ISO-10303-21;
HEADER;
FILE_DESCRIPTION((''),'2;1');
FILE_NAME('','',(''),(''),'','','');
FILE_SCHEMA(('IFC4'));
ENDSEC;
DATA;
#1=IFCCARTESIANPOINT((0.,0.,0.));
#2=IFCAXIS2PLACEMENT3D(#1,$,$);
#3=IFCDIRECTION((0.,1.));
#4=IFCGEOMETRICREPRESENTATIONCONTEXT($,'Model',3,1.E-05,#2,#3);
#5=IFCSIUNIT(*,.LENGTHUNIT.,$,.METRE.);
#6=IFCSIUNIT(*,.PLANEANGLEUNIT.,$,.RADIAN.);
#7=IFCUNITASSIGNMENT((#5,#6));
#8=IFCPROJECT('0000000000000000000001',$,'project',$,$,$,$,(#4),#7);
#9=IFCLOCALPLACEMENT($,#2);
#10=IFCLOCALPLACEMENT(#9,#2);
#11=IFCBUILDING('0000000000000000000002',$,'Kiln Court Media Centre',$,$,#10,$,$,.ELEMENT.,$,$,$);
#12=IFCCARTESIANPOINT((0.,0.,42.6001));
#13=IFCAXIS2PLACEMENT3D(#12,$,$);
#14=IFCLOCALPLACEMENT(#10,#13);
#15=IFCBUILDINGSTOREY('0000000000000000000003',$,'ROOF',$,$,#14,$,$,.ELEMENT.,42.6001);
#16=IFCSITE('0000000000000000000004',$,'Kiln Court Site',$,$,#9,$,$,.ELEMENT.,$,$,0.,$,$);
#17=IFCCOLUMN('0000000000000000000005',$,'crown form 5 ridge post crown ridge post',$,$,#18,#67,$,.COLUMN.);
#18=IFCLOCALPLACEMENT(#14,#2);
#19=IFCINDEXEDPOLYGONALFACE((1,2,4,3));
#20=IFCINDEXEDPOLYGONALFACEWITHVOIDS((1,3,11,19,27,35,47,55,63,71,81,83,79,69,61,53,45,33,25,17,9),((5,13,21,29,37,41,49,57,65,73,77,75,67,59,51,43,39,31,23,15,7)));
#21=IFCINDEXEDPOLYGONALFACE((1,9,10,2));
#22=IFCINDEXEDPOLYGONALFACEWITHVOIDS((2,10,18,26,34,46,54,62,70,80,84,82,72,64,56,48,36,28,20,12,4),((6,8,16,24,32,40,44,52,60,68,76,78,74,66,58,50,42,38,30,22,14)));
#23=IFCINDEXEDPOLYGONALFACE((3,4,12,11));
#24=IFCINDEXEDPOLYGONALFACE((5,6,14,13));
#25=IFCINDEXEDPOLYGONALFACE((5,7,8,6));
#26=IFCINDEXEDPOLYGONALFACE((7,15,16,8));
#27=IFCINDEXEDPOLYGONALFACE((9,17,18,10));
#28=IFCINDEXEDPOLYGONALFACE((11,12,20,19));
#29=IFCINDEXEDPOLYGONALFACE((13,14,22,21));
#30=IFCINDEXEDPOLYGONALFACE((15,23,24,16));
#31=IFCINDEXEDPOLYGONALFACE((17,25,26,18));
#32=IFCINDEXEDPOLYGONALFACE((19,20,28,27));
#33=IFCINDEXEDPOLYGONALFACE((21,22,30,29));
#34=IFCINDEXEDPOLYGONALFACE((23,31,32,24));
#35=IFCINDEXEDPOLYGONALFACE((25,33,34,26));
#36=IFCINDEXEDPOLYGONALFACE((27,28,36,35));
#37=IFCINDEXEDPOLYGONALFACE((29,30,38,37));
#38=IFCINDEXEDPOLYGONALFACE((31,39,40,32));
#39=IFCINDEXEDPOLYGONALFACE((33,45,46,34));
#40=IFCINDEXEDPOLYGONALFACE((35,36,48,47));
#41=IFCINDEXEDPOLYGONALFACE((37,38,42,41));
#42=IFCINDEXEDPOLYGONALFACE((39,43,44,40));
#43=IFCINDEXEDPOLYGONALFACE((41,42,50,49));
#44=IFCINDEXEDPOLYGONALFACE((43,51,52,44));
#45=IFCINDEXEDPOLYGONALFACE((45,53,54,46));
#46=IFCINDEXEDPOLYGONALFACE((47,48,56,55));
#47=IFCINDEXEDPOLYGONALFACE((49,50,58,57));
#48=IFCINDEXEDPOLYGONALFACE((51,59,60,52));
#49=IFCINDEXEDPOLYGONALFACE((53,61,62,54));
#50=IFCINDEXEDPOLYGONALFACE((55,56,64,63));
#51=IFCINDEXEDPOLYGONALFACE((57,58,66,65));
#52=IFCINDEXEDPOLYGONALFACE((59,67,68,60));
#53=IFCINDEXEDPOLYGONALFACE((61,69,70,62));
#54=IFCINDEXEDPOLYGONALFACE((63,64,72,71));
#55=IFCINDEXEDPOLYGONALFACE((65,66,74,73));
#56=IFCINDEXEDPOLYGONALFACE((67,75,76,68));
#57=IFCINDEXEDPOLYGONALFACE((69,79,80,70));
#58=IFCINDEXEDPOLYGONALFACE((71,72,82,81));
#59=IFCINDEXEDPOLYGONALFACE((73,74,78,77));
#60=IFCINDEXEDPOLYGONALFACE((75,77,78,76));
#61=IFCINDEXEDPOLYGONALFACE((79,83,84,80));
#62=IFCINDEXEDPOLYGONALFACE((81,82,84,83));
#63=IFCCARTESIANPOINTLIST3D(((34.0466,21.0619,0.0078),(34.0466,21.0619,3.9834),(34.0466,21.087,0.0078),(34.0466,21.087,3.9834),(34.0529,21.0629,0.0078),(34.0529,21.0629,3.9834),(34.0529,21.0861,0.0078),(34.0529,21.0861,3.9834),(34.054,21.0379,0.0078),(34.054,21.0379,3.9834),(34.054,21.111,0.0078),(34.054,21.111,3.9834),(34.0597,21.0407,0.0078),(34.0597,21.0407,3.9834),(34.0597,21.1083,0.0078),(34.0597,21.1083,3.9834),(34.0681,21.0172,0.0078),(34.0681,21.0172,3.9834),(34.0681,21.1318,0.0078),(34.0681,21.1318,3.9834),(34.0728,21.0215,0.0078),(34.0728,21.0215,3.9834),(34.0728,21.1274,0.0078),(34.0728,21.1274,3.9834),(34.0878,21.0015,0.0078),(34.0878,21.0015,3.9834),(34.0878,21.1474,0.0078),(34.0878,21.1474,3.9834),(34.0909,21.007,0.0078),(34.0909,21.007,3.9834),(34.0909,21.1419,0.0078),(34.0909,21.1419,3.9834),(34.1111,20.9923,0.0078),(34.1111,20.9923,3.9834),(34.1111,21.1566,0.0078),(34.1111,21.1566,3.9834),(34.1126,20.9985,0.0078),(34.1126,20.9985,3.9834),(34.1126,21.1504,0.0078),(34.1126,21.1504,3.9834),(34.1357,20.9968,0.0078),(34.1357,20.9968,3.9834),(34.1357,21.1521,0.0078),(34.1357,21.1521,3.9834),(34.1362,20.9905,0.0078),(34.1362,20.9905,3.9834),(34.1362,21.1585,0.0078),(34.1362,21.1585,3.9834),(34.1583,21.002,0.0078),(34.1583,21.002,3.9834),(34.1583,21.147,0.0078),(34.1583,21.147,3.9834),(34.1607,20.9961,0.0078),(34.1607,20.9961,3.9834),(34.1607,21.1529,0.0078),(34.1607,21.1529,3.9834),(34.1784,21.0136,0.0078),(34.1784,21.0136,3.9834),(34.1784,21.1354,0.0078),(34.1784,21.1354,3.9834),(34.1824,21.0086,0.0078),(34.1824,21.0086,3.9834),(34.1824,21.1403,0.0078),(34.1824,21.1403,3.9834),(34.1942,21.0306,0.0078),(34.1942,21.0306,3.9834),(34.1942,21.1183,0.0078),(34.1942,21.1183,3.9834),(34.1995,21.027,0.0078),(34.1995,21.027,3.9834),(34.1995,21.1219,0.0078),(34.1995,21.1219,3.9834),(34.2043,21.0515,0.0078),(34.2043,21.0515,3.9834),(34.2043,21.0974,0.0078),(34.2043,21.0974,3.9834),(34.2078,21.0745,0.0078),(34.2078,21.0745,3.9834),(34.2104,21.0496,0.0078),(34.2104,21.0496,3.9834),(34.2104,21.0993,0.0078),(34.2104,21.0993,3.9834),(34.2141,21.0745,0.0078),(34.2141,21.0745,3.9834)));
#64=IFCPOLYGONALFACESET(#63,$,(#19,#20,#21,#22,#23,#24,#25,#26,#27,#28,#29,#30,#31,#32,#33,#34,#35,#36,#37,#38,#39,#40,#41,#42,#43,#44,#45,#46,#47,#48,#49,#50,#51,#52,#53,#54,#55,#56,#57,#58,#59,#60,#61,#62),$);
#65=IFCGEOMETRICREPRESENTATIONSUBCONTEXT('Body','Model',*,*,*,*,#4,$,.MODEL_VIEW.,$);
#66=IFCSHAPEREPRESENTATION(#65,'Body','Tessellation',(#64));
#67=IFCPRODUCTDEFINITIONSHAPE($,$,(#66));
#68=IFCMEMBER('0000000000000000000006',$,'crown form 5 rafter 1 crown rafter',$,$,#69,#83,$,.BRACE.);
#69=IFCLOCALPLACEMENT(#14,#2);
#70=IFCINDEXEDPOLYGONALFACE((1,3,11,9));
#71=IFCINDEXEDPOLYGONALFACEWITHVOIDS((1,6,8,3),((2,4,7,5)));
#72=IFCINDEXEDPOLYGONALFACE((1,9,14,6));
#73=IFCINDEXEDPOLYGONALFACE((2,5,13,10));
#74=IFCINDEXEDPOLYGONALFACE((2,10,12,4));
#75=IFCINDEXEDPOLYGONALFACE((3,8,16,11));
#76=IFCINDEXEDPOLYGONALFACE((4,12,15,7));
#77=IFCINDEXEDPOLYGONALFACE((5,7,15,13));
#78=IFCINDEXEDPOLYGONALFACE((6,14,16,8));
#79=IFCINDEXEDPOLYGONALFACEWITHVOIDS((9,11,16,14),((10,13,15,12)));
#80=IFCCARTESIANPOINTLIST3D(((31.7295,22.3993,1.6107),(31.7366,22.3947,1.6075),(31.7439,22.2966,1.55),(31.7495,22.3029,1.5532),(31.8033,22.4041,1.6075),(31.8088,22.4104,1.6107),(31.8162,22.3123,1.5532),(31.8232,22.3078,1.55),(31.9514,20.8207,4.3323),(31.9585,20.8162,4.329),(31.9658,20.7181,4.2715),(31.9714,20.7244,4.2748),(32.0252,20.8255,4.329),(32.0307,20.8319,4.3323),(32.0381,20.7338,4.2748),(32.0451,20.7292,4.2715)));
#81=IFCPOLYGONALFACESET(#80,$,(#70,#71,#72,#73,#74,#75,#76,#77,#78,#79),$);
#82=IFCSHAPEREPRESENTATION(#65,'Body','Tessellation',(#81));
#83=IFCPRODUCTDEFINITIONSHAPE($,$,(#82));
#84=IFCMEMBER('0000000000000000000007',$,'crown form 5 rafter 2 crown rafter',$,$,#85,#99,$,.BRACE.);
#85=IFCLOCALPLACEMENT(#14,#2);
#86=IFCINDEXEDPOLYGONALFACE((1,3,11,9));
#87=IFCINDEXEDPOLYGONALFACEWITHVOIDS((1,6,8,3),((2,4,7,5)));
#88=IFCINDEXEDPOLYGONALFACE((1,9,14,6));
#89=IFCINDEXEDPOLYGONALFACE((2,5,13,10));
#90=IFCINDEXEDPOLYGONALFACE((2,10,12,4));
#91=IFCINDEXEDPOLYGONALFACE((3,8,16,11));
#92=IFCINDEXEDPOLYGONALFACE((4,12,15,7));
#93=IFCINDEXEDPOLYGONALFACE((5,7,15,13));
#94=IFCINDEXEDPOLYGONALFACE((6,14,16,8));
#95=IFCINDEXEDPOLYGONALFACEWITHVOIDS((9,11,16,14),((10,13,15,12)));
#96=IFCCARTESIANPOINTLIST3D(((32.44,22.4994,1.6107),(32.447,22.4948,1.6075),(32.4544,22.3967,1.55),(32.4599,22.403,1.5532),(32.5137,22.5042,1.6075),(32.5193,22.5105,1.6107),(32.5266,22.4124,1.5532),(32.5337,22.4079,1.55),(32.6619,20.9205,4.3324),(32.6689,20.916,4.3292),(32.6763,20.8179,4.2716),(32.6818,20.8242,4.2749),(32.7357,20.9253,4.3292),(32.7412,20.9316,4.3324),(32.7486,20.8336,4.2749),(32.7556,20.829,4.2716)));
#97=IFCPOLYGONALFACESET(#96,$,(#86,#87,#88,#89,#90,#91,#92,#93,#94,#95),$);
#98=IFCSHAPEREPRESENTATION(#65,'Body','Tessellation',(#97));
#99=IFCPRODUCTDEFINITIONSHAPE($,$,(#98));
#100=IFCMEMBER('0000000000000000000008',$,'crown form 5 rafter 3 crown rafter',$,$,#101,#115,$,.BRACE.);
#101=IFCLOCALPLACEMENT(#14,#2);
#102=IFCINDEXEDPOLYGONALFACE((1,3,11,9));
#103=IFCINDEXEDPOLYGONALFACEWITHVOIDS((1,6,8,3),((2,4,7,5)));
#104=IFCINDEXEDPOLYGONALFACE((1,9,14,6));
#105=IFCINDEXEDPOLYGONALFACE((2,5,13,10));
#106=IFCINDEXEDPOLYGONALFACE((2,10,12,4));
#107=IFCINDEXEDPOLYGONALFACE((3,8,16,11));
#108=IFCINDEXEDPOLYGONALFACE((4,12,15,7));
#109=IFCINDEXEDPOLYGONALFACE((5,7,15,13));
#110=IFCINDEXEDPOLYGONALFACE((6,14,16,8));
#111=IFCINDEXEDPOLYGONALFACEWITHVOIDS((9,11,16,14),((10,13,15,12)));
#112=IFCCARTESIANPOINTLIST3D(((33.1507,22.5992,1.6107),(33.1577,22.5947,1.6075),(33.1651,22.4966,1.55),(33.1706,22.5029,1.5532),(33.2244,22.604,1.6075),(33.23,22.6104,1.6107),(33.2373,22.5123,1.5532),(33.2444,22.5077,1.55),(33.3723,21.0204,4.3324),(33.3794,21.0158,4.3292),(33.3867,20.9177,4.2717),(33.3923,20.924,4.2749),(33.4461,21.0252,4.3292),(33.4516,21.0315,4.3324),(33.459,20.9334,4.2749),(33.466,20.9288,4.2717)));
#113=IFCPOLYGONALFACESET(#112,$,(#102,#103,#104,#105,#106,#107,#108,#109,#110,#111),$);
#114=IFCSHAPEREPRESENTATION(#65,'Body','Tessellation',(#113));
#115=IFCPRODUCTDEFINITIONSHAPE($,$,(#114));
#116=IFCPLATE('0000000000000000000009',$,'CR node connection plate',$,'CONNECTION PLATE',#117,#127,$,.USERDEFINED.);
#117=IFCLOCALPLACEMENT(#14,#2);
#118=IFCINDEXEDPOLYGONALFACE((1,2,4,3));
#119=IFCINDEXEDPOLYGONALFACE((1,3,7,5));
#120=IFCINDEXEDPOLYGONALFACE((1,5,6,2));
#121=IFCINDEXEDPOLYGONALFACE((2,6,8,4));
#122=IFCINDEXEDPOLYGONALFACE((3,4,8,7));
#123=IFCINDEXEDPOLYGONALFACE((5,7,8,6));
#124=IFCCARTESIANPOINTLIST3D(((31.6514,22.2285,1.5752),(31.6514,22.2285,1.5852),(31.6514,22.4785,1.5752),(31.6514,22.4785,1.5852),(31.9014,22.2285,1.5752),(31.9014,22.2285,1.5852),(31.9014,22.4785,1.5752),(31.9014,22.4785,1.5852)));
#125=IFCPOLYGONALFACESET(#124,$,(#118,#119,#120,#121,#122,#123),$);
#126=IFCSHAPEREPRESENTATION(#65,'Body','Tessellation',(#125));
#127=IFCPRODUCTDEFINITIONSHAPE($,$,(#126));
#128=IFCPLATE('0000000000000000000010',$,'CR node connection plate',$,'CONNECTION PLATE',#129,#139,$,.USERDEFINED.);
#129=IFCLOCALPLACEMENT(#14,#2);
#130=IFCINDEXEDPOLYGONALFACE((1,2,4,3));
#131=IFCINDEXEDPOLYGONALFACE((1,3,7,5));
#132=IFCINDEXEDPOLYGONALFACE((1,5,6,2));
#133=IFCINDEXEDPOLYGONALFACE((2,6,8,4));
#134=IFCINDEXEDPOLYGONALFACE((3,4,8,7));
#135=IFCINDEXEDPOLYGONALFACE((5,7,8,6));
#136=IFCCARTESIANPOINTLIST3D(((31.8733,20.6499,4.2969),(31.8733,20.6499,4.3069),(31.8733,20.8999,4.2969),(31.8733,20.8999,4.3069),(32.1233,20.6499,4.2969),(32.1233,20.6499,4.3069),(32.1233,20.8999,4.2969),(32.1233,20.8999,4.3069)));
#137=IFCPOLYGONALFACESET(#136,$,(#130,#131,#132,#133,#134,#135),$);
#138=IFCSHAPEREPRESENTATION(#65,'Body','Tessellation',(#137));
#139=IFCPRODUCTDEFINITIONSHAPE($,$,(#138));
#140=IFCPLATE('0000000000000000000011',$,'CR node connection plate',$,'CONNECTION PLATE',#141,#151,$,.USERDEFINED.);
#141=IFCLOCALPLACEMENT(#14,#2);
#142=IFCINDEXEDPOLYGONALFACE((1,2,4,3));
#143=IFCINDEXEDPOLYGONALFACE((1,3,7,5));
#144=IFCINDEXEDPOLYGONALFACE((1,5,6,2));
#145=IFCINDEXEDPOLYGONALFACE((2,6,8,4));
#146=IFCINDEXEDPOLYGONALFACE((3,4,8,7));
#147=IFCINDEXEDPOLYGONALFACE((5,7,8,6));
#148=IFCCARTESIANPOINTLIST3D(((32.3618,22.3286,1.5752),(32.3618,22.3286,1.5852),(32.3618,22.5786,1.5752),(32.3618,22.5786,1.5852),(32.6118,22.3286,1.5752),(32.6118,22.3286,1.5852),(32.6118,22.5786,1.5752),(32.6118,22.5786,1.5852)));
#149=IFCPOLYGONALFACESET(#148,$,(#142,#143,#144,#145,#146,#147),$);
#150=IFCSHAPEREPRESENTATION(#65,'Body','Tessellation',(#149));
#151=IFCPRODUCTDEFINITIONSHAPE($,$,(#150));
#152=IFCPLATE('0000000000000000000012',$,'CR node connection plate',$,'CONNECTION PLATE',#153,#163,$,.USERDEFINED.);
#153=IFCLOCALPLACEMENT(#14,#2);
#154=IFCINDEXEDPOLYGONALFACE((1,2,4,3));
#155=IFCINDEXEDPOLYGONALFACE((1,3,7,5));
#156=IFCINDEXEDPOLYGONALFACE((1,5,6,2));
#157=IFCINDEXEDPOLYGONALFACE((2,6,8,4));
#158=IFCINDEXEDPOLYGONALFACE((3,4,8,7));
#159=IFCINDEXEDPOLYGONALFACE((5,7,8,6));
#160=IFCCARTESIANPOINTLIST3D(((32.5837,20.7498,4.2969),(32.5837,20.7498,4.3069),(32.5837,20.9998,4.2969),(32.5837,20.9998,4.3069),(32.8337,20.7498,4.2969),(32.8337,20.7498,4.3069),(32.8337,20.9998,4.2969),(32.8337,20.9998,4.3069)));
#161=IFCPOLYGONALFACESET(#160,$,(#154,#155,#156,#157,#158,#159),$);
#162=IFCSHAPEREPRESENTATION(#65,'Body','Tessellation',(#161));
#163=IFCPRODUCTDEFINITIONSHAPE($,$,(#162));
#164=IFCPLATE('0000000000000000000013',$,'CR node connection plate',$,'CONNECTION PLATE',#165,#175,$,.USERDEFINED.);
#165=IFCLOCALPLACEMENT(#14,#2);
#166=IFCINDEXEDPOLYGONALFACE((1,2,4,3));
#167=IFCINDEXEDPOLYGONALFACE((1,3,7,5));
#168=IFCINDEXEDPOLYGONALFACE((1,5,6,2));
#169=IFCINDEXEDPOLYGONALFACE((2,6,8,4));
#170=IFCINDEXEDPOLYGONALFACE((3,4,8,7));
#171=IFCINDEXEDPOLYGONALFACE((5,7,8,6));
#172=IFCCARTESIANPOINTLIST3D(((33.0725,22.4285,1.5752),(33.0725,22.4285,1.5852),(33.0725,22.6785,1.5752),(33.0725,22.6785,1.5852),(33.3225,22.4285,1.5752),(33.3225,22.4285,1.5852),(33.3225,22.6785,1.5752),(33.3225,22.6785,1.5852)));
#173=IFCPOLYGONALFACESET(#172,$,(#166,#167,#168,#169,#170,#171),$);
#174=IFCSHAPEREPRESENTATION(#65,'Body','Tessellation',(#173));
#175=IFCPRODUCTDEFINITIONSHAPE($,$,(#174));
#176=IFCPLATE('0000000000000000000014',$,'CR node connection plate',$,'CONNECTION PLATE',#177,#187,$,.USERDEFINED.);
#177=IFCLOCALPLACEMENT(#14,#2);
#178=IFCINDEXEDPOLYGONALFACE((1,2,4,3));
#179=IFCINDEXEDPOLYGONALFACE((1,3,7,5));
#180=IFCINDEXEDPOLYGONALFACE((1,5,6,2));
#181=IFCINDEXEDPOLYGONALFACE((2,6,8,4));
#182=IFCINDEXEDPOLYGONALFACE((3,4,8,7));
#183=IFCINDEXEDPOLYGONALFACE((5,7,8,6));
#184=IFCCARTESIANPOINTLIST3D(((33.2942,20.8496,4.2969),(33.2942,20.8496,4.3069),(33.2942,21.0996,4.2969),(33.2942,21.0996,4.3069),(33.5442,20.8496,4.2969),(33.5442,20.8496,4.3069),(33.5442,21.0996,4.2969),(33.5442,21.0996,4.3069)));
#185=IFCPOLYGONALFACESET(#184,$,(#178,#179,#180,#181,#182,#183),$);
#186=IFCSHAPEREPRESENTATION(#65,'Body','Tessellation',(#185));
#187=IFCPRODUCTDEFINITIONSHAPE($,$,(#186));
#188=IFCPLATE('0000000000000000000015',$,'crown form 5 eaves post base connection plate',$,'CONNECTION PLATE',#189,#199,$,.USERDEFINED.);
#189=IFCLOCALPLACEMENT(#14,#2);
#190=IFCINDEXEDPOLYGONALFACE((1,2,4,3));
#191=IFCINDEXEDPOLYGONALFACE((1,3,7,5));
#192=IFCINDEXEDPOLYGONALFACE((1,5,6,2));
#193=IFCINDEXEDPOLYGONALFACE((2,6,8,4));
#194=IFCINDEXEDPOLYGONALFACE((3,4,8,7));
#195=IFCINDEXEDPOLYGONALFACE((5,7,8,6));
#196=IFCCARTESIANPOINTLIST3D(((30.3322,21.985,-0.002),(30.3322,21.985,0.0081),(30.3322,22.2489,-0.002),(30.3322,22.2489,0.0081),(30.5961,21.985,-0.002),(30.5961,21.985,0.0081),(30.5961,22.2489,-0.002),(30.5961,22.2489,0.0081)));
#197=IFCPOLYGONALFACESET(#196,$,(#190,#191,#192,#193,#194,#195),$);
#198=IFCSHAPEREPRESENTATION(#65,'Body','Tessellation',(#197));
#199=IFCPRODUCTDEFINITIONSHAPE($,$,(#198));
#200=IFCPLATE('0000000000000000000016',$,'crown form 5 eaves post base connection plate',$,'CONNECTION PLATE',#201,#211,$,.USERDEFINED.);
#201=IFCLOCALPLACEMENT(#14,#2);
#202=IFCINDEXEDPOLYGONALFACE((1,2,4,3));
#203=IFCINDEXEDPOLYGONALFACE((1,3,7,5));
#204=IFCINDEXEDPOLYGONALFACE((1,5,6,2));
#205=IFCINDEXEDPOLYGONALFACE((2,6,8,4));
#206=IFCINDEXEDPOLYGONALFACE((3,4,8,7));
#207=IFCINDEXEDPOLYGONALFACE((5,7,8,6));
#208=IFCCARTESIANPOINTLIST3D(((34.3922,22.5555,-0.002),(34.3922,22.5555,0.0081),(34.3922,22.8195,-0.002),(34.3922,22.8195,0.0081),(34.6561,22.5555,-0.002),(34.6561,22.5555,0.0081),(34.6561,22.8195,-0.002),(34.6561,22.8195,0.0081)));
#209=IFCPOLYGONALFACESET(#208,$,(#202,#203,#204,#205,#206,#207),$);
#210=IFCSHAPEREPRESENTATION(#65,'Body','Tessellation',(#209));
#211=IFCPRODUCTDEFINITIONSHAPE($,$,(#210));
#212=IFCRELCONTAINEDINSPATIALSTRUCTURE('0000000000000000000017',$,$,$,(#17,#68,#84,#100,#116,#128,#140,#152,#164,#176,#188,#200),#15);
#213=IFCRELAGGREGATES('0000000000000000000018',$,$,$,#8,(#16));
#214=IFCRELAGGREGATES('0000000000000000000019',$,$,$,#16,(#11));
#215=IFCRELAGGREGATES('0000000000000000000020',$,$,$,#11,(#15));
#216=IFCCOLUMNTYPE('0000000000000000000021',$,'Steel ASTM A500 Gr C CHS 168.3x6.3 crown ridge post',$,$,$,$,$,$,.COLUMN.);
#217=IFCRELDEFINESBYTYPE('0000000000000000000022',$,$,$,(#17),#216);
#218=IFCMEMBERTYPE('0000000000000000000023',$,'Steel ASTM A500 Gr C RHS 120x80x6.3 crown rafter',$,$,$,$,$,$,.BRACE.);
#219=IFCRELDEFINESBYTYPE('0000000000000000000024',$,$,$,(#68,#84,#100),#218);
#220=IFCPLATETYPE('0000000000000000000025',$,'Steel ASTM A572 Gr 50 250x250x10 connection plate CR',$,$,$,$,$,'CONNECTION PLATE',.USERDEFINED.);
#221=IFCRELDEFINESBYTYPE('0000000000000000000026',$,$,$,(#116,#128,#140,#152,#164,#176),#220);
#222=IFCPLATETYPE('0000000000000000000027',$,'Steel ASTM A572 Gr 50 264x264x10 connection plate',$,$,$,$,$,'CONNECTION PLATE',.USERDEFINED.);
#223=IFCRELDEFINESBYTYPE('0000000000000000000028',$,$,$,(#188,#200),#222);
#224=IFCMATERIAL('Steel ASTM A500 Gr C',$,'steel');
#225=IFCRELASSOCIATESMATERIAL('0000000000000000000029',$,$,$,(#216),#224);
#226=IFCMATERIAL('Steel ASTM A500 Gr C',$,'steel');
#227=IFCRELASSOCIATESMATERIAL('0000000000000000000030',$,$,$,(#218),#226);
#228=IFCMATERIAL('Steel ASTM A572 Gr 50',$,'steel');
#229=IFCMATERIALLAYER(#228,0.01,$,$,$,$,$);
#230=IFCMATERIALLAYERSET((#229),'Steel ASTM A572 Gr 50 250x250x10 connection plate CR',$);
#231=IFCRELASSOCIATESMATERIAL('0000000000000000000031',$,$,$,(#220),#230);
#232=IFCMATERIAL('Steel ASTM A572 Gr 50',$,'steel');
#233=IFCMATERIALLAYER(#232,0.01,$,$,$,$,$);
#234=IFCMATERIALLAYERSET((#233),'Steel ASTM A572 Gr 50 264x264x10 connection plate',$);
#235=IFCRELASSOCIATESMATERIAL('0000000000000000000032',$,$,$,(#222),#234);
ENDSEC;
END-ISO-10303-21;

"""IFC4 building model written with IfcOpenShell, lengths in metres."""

from ifc_helpers import new_model, si_unit, direction, frame, origin, origin_2d, place, context, subcontext, project, spatial, rectangle, hollow_rectangle, hollow_circle, extrude, material, layer, layer_set, material_profile, profile_set, type_object, element, save


model = new_model("IFC4")

# Units and contexts
model_context = context("Model", 3, precision=1e-05, world=origin(), true_north=direction((0.0, 1.0)))
body_context = subcontext(model_context, "Body", "Model", "MODEL_VIEW")
ifc_project = project(units=[si_unit("LENGTHUNIT", "METRE"), si_unit("PLANEANGLEUNIT", "RADIAN")], contexts=[model_context])

# Site, building, storey
site_placement = place(None, origin())
site = spatial("IfcSite", under=ifc_project, at=site_placement, Name="Kiln Court Site", CompositionType="ELEMENT", RefElevation=0.0)
building_placement = place(site_placement, origin())
building = spatial("IfcBuilding", under=site, at=building_placement, Name="Kiln Court Media Centre", CompositionType="ELEMENT")
storey_placement = place(building_placement, frame((0.0, 0.0, 42.6001)))
storey = spatial("IfcBuildingStorey", under=building, at=storey_placement, Name="ROOF", CompositionType="ELEMENT", Elevation=42.6001)

# Column
ifc_material_1 = material(Name="Steel ASTM A500 Gr C", Category="steel")
ifc_material_profile_1 = material_profile(ifc_material_1, hollow_circle(Radius=0.0842, WallThickness=0.0063, at=origin_2d()), Name="CHS 168.3x6.3")
ifc_profile_set_1 = profile_set([ifc_material_profile_1], Name="Steel ASTM A500 Gr C")
column_type_1 = type_object("IfcColumnType", Name="Steel ASTM A500 Gr C CHS 168.3x6.3 crown ridge post", PredefinedType="COLUMN", material=ifc_profile_set_1)
for number, where, z_axis, x_axis, name in (
    (1, (34.1299, 21.0745, 0.0078), (0.0, 0.0, 1.0), (1.0, 0.0, 0.0), "crown form 5 ridge post crown ridge post"),
):
    element("IfcColumn", number, at=place(storey_placement, frame(where, z_axis=z_axis, x_axis=x_axis)), inside=storey, type_object=column_type_1, Name=name, PredefinedType="COLUMN", context=body_context, shape_type="SweptSolid", body=[
        extrude(hollow_circle(Radius=0.0842, WallThickness=0.0063, at=origin_2d()), origin(), (0.0, 0.0, 1.0), 3.9756),
    ])

# Members
ifc_material_2 = material(Name="Steel ASTM A500 Gr C", Category="steel")
ifc_material_profile_2 = material_profile(ifc_material_2, hollow_rectangle(XDim=0.0801, YDim=0.1201, WallThickness=0.0063, at=origin_2d()), Name="RHS 120x80x6.3")
ifc_profile_set_2 = profile_set([ifc_material_profile_2], Name="Steel ASTM A500 Gr C")
member_type = type_object("IfcMemberType", Name="Steel ASTM A500 Gr C RHS 120x80x6.3 crown rafter", PredefinedType="BRACE", material=ifc_profile_set_2)
member_placement = place(storey_placement, frame((31.7764, 22.3535, 1.5803), z_axis=(0.070359, -0.500484, 0.862882), x_axis=(0.990263, 0.139213, 0.0)))
element("IfcMember", 2, at=member_placement, inside=storey, type_object=member_type, Name="crown form 5 rafter 1 crown rafter", PredefinedType="BRACE", context=body_context, shape_type="SweptSolid", body=[
    extrude(hollow_rectangle(XDim=0.0801, YDim=0.1201, WallThickness=0.0063, at=origin_2d()), origin(), (0.0, 0.0, 1.0), 3.1541),
])
for number, where, z_axis, x_axis, name in (
    (3, (32.4868, 22.4536, 1.5803), (0.070356, -0.500542, 0.862849), (0.990265, 0.139191, 0.0), "crown form 5 rafter 2 crown rafter"),
    (4, (33.1975, 22.5535, 1.5803), (0.070279, -0.500545, 0.862853), (0.990287, 0.139041, 0.0), "crown form 5 rafter 3 crown rafter"),
):
    element("IfcMember", number, at=place(storey_placement, frame(where, z_axis=z_axis, x_axis=x_axis)), inside=storey, type_object=member_type, Name=name, PredefinedType="BRACE", context=body_context, shape_type="SweptSolid", body=[
        extrude(hollow_rectangle(XDim=0.0801, YDim=0.1201, WallThickness=0.0063, at=origin_2d()), origin(), (0.0, 0.0, 1.0), 3.1543),
    ])

# Plates
ifc_material_3 = material(Name="Steel ASTM A572 Gr 50", Category="steel")
ifc_layer_1 = layer(ifc_material_3, 0.01)
ifc_layer_set_1 = layer_set([ifc_layer_1], Name="Steel ASTM A572 Gr 50 250x250x10 connection plate CR")
plate_type_1 = type_object("IfcPlateType", Name="Steel ASTM A572 Gr 50 250x250x10 connection plate CR", ElementType="CONNECTION PLATE", PredefinedType="USERDEFINED", material=ifc_layer_set_1)
for number, where, z_axis, x_axis, name in (
    (5, (31.7764, 22.3535, 1.5752), (0.0, 0.0, 1.0), (1.0, 0.0, 0.0), "CR node connection plate"),
    (6, (31.9983, 20.7749, 4.2969), (0.0, 0.0, 1.0), (1.0, 0.0, 0.0), "CR node connection plate"),
    (7, (32.4868, 22.4536, 1.5752), (0.0, 0.0, 1.0), (1.0, 0.0, 0.0), "CR node connection plate"),
    (8, (32.7087, 20.8748, 4.2969), (0.0, 0.0, 1.0), (1.0, 0.0, 0.0), "CR node connection plate"),
    (9, (33.1975, 22.5535, 1.5752), (0.0, 0.0, 1.0), (1.0, 0.0, 0.0), "CR node connection plate"),
    (10, (33.4192, 20.9746, 4.2969), (0.0, 0.0, 1.0), (1.0, 0.0, 0.0), "CR node connection plate"),
):
    element("IfcPlate", number, at=place(storey_placement, frame(where, z_axis=z_axis, x_axis=x_axis)), inside=storey, type_object=plate_type_1, Name=name, ObjectType="CONNECTION PLATE", PredefinedType="USERDEFINED", context=body_context, shape_type="SweptSolid", body=[
        extrude(rectangle(XDim=0.25, YDim=0.25, at=origin_2d()), origin(), (0.0, 0.0, 1.0), 0.01),
    ])
ifc_material_4 = material(Name="Steel ASTM A572 Gr 50", Category="steel")
ifc_layer_2 = layer(ifc_material_4, 0.01)
ifc_layer_set_2 = layer_set([ifc_layer_2], Name="Steel ASTM A572 Gr 50 264x264x10 connection plate")
plate_type_2 = type_object("IfcPlateType", Name="Steel ASTM A572 Gr 50 264x264x10 connection plate", ElementType="CONNECTION PLATE", PredefinedType="USERDEFINED", material=ifc_layer_set_2)
for number, where, z_axis, x_axis, name in (
    (11, (30.4641, 22.1169, -0.002), (0.0, 0.0, 1.0), (1.0, 0.0, 0.0), "crown form 5 eaves post base connection plate"),
    (12, (34.5242, 22.6875, -0.002), (0.0, 0.0, 1.0), (1.0, 0.0, 0.0), "crown form 5 eaves post base connection plate"),
):
    element("IfcPlate", number, at=place(storey_placement, frame(where, z_axis=z_axis, x_axis=x_axis)), inside=storey, type_object=plate_type_2, Name=name, ObjectType="CONNECTION PLATE", PredefinedType="USERDEFINED", context=body_context, shape_type="SweptSolid", body=[
        extrude(rectangle(XDim=0.2639, YDim=0.2639, at=origin_2d()), origin(), (0.0, 0.0, 1.0), 0.01),
    ])

save(model, "model.ifc")
